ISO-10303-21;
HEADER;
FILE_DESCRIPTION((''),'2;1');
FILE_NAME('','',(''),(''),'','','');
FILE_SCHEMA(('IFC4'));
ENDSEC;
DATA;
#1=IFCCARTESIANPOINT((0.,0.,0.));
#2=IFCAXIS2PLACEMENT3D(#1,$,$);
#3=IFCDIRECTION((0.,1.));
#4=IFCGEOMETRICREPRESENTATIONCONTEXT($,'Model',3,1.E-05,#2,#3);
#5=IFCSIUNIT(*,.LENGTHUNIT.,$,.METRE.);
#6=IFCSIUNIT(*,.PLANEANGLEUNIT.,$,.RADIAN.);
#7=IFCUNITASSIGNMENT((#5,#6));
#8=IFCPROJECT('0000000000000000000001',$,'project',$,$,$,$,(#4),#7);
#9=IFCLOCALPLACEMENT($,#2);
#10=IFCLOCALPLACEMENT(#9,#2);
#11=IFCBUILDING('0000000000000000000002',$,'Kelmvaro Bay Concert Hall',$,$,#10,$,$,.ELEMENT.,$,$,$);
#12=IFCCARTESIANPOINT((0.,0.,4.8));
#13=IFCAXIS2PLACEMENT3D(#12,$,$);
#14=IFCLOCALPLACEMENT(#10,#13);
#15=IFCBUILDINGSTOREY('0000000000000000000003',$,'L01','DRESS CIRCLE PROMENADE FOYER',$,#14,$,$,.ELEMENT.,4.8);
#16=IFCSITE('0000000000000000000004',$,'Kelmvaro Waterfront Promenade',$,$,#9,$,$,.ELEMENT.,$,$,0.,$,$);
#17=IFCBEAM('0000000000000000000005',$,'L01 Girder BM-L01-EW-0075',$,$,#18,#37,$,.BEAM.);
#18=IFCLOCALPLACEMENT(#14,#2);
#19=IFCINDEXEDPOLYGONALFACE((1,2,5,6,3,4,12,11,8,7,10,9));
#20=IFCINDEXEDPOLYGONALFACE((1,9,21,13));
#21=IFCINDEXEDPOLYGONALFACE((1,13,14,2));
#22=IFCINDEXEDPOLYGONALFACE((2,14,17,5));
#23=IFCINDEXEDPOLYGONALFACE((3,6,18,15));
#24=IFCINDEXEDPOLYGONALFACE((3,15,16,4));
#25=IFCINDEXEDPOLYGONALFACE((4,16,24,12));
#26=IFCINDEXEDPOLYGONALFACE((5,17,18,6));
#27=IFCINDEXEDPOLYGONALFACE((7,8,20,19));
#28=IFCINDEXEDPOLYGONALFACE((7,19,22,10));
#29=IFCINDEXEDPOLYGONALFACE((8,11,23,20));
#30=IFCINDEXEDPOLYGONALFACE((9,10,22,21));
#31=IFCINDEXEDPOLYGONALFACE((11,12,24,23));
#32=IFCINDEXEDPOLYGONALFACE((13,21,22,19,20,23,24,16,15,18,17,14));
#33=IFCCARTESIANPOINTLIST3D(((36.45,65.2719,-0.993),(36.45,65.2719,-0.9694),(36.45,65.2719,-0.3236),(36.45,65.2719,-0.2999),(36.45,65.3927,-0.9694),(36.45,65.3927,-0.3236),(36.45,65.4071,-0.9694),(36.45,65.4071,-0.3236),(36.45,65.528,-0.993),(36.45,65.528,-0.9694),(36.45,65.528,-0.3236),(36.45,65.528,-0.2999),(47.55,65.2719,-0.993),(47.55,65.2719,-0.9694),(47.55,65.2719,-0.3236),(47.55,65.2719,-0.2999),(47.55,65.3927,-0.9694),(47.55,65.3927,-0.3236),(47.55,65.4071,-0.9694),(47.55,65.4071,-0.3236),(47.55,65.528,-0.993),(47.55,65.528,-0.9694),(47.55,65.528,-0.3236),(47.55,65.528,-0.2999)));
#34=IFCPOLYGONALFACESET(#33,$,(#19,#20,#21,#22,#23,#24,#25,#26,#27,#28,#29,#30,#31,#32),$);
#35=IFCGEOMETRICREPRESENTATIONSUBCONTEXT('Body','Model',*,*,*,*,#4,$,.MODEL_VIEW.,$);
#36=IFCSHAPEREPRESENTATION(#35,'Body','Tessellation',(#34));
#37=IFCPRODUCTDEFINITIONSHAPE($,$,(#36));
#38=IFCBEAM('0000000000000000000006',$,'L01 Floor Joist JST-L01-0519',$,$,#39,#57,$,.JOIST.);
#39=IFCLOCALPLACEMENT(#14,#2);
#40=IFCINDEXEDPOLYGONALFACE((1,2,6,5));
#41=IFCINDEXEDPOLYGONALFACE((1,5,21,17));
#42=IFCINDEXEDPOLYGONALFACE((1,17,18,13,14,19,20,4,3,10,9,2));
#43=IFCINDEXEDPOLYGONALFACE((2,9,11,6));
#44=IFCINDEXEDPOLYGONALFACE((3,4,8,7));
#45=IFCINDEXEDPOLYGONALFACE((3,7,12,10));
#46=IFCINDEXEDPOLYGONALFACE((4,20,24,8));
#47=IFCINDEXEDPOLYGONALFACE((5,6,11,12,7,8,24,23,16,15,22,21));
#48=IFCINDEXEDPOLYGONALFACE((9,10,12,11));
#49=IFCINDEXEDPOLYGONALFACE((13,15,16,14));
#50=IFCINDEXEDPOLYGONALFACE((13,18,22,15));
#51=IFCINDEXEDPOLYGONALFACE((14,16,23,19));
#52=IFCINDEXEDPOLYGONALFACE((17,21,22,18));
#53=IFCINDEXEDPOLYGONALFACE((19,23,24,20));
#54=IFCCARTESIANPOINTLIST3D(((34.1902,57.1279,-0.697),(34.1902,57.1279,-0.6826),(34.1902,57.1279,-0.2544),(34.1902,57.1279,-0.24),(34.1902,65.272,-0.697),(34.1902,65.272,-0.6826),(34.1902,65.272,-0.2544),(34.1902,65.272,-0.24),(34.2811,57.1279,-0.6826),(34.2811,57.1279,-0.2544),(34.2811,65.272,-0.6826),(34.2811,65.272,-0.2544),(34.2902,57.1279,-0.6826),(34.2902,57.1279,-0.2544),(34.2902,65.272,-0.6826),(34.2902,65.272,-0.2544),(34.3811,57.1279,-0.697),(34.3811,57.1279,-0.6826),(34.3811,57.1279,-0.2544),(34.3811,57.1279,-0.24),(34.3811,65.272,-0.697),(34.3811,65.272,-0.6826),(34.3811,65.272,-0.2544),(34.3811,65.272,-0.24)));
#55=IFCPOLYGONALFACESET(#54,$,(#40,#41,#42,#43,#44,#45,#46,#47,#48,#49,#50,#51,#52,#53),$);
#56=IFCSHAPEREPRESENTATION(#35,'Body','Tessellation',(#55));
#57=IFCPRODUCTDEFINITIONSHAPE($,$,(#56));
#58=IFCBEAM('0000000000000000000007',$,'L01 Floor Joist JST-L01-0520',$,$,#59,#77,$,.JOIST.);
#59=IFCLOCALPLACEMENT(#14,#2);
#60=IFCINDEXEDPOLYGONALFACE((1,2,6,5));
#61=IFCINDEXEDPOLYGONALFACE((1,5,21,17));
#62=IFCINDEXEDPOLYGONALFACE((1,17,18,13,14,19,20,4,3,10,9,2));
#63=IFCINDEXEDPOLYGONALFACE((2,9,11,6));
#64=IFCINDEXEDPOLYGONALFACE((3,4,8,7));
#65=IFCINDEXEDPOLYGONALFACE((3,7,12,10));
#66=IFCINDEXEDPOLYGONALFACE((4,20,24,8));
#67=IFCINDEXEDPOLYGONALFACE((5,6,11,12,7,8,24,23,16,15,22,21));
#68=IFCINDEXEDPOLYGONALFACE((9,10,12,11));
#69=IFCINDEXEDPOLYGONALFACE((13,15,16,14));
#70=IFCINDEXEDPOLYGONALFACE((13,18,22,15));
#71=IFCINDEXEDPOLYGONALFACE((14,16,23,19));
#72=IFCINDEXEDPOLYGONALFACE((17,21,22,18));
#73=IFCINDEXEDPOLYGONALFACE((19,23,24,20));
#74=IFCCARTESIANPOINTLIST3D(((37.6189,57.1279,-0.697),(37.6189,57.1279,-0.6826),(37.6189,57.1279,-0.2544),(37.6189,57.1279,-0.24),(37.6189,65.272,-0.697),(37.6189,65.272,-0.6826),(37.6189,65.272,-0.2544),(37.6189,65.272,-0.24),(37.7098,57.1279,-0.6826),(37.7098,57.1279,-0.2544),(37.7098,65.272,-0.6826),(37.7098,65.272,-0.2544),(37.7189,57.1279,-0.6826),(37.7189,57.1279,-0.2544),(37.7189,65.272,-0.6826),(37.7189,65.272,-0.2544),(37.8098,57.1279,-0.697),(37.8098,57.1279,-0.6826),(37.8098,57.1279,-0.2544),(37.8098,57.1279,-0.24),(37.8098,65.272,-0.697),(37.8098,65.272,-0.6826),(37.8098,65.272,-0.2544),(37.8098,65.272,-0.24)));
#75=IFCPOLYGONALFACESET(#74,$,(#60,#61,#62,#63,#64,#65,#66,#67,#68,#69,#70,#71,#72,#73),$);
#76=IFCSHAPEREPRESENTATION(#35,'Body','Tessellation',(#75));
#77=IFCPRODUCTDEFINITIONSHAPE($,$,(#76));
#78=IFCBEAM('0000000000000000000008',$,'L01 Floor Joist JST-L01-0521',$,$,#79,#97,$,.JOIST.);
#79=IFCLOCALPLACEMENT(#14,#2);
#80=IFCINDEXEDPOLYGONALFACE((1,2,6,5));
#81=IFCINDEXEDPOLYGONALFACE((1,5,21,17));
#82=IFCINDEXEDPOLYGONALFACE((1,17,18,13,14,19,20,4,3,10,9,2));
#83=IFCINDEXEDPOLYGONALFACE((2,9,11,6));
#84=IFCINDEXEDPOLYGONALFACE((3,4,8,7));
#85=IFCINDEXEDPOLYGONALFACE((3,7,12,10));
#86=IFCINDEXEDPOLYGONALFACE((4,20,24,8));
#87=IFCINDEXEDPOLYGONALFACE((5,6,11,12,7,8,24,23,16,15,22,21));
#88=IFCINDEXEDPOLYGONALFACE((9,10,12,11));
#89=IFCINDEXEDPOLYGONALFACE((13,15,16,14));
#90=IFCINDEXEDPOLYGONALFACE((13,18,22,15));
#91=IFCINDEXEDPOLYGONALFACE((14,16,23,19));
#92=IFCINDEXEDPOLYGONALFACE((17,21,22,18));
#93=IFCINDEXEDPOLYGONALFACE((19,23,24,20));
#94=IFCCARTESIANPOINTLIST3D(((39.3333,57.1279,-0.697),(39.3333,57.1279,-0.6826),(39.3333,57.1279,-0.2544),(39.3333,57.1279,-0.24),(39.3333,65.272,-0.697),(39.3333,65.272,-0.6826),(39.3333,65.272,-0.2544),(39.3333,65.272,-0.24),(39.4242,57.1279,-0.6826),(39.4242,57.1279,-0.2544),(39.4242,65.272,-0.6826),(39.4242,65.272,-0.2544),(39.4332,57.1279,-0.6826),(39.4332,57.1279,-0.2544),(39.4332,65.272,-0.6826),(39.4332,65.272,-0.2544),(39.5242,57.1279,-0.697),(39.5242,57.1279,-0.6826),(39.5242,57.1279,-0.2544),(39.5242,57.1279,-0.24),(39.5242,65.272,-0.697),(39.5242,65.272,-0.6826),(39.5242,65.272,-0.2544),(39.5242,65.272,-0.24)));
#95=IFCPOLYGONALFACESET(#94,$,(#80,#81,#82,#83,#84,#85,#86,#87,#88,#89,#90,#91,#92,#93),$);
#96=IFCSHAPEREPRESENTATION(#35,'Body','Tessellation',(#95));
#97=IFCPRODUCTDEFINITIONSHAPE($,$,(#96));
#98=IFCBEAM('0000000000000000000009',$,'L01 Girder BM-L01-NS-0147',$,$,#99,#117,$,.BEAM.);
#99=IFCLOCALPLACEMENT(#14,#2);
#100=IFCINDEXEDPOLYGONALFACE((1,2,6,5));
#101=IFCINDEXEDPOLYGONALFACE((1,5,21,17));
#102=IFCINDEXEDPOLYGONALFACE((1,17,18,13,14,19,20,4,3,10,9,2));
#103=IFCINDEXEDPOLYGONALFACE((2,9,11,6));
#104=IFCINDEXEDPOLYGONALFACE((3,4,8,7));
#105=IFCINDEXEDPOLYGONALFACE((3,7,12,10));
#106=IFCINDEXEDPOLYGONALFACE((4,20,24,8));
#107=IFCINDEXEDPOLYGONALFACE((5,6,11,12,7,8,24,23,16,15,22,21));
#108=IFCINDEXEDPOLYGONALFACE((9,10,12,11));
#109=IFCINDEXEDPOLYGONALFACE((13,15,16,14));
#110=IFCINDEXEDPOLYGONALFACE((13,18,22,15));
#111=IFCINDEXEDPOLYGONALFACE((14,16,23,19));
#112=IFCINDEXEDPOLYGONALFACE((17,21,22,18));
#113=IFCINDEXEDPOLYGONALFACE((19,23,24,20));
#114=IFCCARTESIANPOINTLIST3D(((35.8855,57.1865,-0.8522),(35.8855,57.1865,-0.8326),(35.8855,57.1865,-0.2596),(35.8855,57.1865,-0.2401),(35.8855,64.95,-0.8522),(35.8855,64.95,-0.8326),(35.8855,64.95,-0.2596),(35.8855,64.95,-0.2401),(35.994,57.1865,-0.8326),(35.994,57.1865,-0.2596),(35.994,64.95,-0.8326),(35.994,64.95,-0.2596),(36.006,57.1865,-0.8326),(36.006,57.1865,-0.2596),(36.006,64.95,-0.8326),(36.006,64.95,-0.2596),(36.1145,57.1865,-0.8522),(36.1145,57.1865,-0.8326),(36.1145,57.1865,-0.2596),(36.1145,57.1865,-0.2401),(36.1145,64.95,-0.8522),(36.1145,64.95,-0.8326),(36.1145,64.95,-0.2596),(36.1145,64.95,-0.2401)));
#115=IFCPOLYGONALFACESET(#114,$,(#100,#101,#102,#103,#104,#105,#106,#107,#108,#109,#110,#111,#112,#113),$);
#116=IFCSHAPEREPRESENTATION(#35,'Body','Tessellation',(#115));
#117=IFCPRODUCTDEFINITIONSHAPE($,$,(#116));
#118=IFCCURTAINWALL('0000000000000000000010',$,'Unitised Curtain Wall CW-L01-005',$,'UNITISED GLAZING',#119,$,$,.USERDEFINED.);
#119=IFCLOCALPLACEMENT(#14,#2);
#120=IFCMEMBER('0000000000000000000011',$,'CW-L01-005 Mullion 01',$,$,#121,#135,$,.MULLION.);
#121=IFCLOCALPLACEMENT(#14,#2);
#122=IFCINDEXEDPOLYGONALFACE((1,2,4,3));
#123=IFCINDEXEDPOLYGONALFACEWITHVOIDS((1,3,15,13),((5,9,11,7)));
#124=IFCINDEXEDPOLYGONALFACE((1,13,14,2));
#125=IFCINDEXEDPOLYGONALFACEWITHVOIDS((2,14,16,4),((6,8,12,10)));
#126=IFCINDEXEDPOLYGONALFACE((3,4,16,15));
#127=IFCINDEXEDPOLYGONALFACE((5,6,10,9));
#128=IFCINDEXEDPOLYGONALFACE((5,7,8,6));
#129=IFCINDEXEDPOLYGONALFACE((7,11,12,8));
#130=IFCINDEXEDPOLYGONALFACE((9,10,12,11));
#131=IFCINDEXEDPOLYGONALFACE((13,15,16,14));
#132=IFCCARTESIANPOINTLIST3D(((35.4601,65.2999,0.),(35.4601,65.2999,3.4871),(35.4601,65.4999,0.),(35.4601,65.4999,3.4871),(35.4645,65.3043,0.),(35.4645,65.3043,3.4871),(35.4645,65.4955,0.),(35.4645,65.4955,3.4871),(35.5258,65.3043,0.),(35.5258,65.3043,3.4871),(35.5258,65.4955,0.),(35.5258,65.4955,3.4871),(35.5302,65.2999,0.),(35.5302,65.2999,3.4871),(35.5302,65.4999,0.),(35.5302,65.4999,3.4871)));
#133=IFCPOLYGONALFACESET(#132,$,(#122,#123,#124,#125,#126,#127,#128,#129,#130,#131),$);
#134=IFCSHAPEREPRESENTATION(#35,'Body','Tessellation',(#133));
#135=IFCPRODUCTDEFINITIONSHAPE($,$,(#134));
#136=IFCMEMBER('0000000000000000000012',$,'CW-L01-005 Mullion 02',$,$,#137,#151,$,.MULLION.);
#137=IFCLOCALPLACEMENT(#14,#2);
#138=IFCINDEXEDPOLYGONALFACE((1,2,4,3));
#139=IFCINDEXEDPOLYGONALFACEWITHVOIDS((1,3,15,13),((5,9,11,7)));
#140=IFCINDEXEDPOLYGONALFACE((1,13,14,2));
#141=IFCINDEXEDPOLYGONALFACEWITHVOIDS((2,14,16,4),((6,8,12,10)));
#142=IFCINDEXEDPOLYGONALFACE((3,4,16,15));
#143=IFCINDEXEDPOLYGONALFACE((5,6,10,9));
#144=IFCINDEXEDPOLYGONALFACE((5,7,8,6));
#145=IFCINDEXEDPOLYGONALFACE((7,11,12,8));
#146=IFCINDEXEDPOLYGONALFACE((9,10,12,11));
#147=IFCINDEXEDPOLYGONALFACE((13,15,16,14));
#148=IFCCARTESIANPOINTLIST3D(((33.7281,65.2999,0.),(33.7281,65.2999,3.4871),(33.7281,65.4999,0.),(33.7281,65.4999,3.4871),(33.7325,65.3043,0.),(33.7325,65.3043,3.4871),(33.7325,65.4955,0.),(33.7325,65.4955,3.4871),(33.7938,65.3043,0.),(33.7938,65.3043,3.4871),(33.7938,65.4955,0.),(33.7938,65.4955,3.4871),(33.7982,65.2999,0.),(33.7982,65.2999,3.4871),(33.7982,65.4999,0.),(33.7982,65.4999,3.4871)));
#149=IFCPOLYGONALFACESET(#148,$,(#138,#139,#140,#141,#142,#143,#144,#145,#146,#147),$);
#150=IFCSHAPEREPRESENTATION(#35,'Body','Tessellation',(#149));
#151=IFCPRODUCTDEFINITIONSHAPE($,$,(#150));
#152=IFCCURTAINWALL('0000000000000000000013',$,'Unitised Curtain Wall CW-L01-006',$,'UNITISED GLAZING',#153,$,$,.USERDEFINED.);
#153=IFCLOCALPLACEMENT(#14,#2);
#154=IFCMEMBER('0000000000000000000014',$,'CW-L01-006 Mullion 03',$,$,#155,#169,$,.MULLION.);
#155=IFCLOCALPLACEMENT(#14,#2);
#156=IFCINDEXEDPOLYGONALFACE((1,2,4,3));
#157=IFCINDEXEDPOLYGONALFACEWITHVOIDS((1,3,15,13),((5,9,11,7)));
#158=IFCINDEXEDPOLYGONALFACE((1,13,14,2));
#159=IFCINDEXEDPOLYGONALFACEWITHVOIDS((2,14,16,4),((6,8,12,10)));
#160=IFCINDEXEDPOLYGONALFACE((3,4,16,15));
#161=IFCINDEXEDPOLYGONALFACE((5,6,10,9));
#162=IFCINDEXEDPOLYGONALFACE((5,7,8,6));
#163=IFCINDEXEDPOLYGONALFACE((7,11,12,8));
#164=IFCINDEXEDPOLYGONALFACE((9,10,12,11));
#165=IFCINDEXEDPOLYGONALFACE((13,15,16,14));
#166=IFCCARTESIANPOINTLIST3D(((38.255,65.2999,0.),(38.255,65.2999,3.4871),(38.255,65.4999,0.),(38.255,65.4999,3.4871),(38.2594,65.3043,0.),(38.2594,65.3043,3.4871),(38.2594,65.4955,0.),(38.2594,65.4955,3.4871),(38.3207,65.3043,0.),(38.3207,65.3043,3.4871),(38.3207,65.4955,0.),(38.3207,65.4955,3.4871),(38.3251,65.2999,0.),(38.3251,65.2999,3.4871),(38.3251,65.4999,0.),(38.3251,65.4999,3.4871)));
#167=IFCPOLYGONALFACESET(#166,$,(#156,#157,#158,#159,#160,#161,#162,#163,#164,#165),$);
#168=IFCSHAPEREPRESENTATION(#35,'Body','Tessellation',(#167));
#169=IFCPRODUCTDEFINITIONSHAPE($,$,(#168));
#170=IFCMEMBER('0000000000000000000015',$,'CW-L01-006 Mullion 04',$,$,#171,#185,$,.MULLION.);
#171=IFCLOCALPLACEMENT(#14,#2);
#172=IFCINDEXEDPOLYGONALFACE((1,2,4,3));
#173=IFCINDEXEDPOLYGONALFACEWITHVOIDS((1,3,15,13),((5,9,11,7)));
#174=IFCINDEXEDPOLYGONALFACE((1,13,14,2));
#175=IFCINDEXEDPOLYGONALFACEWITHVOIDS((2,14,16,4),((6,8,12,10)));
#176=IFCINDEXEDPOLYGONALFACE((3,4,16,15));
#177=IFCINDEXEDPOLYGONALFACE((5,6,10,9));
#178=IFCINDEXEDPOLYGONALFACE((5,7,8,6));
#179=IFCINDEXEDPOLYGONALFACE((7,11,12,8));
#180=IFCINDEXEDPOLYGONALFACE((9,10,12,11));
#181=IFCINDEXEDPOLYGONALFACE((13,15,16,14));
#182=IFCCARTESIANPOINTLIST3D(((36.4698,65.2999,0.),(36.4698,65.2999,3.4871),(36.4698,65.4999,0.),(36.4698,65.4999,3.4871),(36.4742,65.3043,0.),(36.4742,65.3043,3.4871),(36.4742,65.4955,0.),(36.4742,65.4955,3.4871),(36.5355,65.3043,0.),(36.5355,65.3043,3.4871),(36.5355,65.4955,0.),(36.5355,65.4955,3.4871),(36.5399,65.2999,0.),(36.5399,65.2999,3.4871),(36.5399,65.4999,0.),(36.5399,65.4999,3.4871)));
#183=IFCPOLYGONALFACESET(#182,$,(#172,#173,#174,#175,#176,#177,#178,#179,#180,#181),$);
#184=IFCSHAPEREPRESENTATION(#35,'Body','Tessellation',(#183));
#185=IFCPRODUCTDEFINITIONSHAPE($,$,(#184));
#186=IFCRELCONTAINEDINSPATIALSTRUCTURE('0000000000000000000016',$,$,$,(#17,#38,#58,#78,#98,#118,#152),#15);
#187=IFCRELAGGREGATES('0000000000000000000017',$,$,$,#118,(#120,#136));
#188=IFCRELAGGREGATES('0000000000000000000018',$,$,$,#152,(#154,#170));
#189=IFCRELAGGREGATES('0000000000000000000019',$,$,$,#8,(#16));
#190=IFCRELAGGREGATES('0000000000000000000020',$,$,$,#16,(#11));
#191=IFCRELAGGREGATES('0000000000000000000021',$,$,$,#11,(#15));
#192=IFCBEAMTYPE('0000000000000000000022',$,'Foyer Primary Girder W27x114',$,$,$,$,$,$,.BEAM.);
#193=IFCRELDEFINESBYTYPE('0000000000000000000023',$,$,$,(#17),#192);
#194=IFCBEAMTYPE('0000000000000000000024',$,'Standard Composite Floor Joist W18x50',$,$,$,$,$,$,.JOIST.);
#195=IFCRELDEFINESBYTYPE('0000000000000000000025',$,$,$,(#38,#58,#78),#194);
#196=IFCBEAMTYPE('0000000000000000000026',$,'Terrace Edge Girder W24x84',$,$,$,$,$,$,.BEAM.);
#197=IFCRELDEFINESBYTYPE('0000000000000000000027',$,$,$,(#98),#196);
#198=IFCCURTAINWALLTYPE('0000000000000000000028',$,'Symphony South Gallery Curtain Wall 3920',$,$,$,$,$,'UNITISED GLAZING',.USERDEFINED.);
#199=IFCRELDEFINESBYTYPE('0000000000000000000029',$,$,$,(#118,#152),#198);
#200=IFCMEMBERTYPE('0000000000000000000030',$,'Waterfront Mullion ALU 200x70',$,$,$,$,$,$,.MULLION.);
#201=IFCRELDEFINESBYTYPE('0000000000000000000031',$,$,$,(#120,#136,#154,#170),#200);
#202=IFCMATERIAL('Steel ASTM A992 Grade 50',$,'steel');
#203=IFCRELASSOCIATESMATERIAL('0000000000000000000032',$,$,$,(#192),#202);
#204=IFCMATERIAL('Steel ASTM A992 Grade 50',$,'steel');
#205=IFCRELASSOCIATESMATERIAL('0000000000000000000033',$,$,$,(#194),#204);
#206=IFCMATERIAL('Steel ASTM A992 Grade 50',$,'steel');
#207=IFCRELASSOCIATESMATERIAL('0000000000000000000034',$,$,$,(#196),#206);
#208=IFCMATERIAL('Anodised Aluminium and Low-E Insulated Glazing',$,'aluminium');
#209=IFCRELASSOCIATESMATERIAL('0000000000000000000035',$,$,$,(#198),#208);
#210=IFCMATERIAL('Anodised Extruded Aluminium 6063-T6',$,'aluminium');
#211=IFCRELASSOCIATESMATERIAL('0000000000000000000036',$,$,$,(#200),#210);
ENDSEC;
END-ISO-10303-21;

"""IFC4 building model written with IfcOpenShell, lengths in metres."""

from ifc_helpers import new_model, si_unit, direction, frame, origin, origin_2d, place, context, subcontext, project, spatial, hollow_rectangle, i_section, extrude, material, material_profile, profile_set, type_object, element, aggregate, save


model = new_model("IFC4")

# Units and contexts
model_context = context("Model", 3, precision=1e-05, world=origin(), true_north=direction((0.0, 1.0)))
body_context = subcontext(model_context, "Body", "Model", "MODEL_VIEW")
ifc_project = project(units=[si_unit("LENGTHUNIT", "METRE"), si_unit("PLANEANGLEUNIT", "RADIAN")], contexts=[model_context])

# Site, building, storey
site_placement = place(None, origin())
site = spatial("IfcSite", under=ifc_project, at=site_placement, Name="Kelmvaro Waterfront Promenade", CompositionType="ELEMENT", RefElevation=0.0)
building_placement = place(site_placement, origin())
building = spatial("IfcBuilding", under=site, at=building_placement, Name="Kelmvaro Bay Concert Hall", CompositionType="ELEMENT")
storey_placement = place(building_placement, frame((0.0, 0.0, 4.8)))
storey = spatial("IfcBuildingStorey", under=building, at=storey_placement, Name="L01", Description="DRESS CIRCLE PROMENADE FOYER", CompositionType="ELEMENT", Elevation=4.8)

# Beams
ifc_material_1 = material(Name="Steel ASTM A992 Grade 50", Category="steel")
ifc_material_profile_1 = material_profile(ifc_material_1, i_section(OverallWidth=0.2561, OverallDepth=0.6931, WebThickness=0.0144, FlangeThickness=0.0237, at=origin_2d()), Name="W27X114")
ifc_profile_set_1 = profile_set([ifc_material_profile_1], Name="Steel ASTM A992 Grade 50")
beam_type_1 = type_object("IfcBeamType", Name="Foyer Primary Girder W27x114", PredefinedType="BEAM", material=ifc_profile_set_1)
beam_1_placement = place(storey_placement, frame((36.45, 65.3999, -0.6465), z_axis=(1.0, 0.0, 0.0), x_axis=(0.0, 1.0, 0.0)))
element("IfcBeam", 1, at=beam_1_placement, inside=storey, type_object=beam_type_1, Name="L01 Girder BM-L01-EW-0075", PredefinedType="BEAM", context=body_context, shape_type="SweptSolid", body=[
    extrude(i_section(OverallWidth=0.2561, OverallDepth=0.6931, WebThickness=0.0144, FlangeThickness=0.0237, at=origin_2d()), origin(), (0.0, 0.0, 1.0), 11.1001),
])
ifc_material_2 = material(Name="Steel ASTM A992 Grade 50", Category="steel")
ifc_material_profile_2 = material_profile(ifc_material_2, i_section(OverallWidth=0.1909, OverallDepth=0.457, WebThickness=0.009, FlangeThickness=0.0144, at=origin_2d()), Name="W18X50")
ifc_profile_set_2 = profile_set([ifc_material_profile_2], Name="Steel ASTM A992 Grade 50")
beam_type_2 = type_object("IfcBeamType", Name="Standard Composite Floor Joist W18x50", PredefinedType="JOIST", material=ifc_profile_set_2)
for number, where, z_axis, x_axis, name in (
    (2, (34.2856, 57.1279, -0.4685), (0.0, 1.0, 0.0), (-1.0, 0.0, 0.0), "L01 Floor Joist JST-L01-0519"),
    (3, (37.7144, 57.1279, -0.4685), (0.0, 1.0, 0.0), (-1.0, 0.0, 0.0), "L01 Floor Joist JST-L01-0520"),
    (4, (39.4287, 57.1279, -0.4685), (0.0, 1.0, 0.0), (-1.0, 0.0, 0.0), "L01 Floor Joist JST-L01-0521"),
):
    element("IfcBeam", number, at=place(storey_placement, frame(where, z_axis=z_axis, x_axis=x_axis)), inside=storey, type_object=beam_type_2, Name=name, PredefinedType="JOIST", context=body_context, shape_type="SweptSolid", body=[
        extrude(i_section(OverallWidth=0.1909, OverallDepth=0.457, WebThickness=0.009, FlangeThickness=0.0144, at=origin_2d()), origin(), (0.0, 0.0, 1.0), 8.144),
    ])
ifc_material_3 = material(Name="Steel ASTM A992 Grade 50", Category="steel")
ifc_material_profile_3 = material_profile(ifc_material_3, i_section(OverallWidth=0.229, OverallDepth=0.6121, WebThickness=0.012, FlangeThickness=0.0195, at=origin_2d()), Name="W24X84")
ifc_profile_set_3 = profile_set([ifc_material_profile_3], Name="Steel ASTM A992 Grade 50")
beam_type_3 = type_object("IfcBeamType", Name="Terrace Edge Girder W24x84", PredefinedType="BEAM", material=ifc_profile_set_3)
beam_2_placement = place(storey_placement, frame((36.0, 57.1865, -0.5461), z_axis=(0.0, 1.0, 0.0), x_axis=(-1.0, 0.0, 0.0)))
element("IfcBeam", 5, at=beam_2_placement, inside=storey, type_object=beam_type_3, Name="L01 Girder BM-L01-NS-0147", PredefinedType="BEAM", context=body_context, shape_type="SweptSolid", body=[
    extrude(i_section(OverallWidth=0.229, OverallDepth=0.6121, WebThickness=0.012, FlangeThickness=0.0195, at=origin_2d()), origin(), (0.0, 0.0, 1.0), 7.7634),
])

# Curtain walls, members
ifc_material_4 = material(Name="Anodised Aluminium and Low-E Insulated Glazing", Category="aluminium")
curtain_wall_type_1 = type_object("IfcCurtainWallType", Name="Symphony South Gallery Curtain Wall 3920", ElementType="UNITISED GLAZING", PredefinedType="USERDEFINED", material=ifc_material_4)
curtain_wall_1_placement = place(storey_placement, origin())
curtain_wall_1 = element("IfcCurtainWall", 6, at=curtain_wall_1_placement, inside=storey, type_object=curtain_wall_type_1, Name="Unitised Curtain Wall CW-L01-005", ObjectType="UNITISED GLAZING", PredefinedType="USERDEFINED")
ifc_material_5 = material(Name="Anodised Extruded Aluminium 6063-T6", Category="aluminium")
ifc_material_profile_4 = material_profile(ifc_material_5, hollow_rectangle(XDim=0.0701, YDim=0.2, WallThickness=0.0044, at=origin_2d()), Name="ALU-MUL-200X70")
ifc_profile_set_4 = profile_set([ifc_material_profile_4], Name="Anodised Extruded Aluminium 6063-T6")
member_type_1 = type_object("IfcMemberType", Name="Waterfront Mullion ALU 200x70", PredefinedType="MULLION", material=ifc_profile_set_4)
member_1_placement = place(storey_placement, frame((35.4951, 65.3999, 0.0), z_axis=(0.0, 0.0, 1.0), x_axis=(1.0, 0.0, 0.0)))
member_1 = element("IfcMember", 7, at=member_1_placement, type_object=member_type_1, Name="CW-L01-005 Mullion 01", PredefinedType="MULLION", context=body_context, shape_type="SweptSolid", body=[
    extrude(hollow_rectangle(XDim=0.0701, YDim=0.2, WallThickness=0.0044, at=origin_2d()), origin(), (0.0, 0.0, 1.0), 3.4871),
])
member_2_placement = place(storey_placement, frame((33.7632, 65.3999, 0.0), z_axis=(0.0, 0.0, 1.0), x_axis=(1.0, 0.0, 0.0)))
member_2 = element("IfcMember", 8, at=member_2_placement, type_object=member_type_1, Name="CW-L01-005 Mullion 02", PredefinedType="MULLION", context=body_context, shape_type="SweptSolid", body=[
    extrude(hollow_rectangle(XDim=0.0701, YDim=0.2, WallThickness=0.0044, at=origin_2d()), origin(), (0.0, 0.0, 1.0), 3.4871),
])
curtain_wall_2_placement = place(storey_placement, origin())
curtain_wall_2 = element("IfcCurtainWall", 9, at=curtain_wall_2_placement, inside=storey, type_object=curtain_wall_type_1, Name="Unitised Curtain Wall CW-L01-006", ObjectType="UNITISED GLAZING", PredefinedType="USERDEFINED")
member_3_placement = place(storey_placement, frame((38.29, 65.3999, 0.0), z_axis=(0.0, 0.0, 1.0), x_axis=(1.0, 0.0, 0.0)))
member_3 = element("IfcMember", 10, at=member_3_placement, type_object=member_type_1, Name="CW-L01-006 Mullion 03", PredefinedType="MULLION", context=body_context, shape_type="SweptSolid", body=[
    extrude(hollow_rectangle(XDim=0.0701, YDim=0.2, WallThickness=0.0044, at=origin_2d()), origin(), (0.0, 0.0, 1.0), 3.4871),
])
member_4_placement = place(storey_placement, frame((36.5049, 65.3999, 0.0), z_axis=(0.0, 0.0, 1.0), x_axis=(1.0, 0.0, 0.0)))
member_4 = element("IfcMember", 11, at=member_4_placement, type_object=member_type_1, Name="CW-L01-006 Mullion 04", PredefinedType="MULLION", context=body_context, shape_type="SweptSolid", body=[
    extrude(hollow_rectangle(XDim=0.0701, YDim=0.2, WallThickness=0.0044, at=origin_2d()), origin(), (0.0, 0.0, 1.0), 3.4871),
])

aggregate(curtain_wall_1, [member_1, member_2])
aggregate(curtain_wall_2, [member_3, member_4])

save(model, "model.ifc")
